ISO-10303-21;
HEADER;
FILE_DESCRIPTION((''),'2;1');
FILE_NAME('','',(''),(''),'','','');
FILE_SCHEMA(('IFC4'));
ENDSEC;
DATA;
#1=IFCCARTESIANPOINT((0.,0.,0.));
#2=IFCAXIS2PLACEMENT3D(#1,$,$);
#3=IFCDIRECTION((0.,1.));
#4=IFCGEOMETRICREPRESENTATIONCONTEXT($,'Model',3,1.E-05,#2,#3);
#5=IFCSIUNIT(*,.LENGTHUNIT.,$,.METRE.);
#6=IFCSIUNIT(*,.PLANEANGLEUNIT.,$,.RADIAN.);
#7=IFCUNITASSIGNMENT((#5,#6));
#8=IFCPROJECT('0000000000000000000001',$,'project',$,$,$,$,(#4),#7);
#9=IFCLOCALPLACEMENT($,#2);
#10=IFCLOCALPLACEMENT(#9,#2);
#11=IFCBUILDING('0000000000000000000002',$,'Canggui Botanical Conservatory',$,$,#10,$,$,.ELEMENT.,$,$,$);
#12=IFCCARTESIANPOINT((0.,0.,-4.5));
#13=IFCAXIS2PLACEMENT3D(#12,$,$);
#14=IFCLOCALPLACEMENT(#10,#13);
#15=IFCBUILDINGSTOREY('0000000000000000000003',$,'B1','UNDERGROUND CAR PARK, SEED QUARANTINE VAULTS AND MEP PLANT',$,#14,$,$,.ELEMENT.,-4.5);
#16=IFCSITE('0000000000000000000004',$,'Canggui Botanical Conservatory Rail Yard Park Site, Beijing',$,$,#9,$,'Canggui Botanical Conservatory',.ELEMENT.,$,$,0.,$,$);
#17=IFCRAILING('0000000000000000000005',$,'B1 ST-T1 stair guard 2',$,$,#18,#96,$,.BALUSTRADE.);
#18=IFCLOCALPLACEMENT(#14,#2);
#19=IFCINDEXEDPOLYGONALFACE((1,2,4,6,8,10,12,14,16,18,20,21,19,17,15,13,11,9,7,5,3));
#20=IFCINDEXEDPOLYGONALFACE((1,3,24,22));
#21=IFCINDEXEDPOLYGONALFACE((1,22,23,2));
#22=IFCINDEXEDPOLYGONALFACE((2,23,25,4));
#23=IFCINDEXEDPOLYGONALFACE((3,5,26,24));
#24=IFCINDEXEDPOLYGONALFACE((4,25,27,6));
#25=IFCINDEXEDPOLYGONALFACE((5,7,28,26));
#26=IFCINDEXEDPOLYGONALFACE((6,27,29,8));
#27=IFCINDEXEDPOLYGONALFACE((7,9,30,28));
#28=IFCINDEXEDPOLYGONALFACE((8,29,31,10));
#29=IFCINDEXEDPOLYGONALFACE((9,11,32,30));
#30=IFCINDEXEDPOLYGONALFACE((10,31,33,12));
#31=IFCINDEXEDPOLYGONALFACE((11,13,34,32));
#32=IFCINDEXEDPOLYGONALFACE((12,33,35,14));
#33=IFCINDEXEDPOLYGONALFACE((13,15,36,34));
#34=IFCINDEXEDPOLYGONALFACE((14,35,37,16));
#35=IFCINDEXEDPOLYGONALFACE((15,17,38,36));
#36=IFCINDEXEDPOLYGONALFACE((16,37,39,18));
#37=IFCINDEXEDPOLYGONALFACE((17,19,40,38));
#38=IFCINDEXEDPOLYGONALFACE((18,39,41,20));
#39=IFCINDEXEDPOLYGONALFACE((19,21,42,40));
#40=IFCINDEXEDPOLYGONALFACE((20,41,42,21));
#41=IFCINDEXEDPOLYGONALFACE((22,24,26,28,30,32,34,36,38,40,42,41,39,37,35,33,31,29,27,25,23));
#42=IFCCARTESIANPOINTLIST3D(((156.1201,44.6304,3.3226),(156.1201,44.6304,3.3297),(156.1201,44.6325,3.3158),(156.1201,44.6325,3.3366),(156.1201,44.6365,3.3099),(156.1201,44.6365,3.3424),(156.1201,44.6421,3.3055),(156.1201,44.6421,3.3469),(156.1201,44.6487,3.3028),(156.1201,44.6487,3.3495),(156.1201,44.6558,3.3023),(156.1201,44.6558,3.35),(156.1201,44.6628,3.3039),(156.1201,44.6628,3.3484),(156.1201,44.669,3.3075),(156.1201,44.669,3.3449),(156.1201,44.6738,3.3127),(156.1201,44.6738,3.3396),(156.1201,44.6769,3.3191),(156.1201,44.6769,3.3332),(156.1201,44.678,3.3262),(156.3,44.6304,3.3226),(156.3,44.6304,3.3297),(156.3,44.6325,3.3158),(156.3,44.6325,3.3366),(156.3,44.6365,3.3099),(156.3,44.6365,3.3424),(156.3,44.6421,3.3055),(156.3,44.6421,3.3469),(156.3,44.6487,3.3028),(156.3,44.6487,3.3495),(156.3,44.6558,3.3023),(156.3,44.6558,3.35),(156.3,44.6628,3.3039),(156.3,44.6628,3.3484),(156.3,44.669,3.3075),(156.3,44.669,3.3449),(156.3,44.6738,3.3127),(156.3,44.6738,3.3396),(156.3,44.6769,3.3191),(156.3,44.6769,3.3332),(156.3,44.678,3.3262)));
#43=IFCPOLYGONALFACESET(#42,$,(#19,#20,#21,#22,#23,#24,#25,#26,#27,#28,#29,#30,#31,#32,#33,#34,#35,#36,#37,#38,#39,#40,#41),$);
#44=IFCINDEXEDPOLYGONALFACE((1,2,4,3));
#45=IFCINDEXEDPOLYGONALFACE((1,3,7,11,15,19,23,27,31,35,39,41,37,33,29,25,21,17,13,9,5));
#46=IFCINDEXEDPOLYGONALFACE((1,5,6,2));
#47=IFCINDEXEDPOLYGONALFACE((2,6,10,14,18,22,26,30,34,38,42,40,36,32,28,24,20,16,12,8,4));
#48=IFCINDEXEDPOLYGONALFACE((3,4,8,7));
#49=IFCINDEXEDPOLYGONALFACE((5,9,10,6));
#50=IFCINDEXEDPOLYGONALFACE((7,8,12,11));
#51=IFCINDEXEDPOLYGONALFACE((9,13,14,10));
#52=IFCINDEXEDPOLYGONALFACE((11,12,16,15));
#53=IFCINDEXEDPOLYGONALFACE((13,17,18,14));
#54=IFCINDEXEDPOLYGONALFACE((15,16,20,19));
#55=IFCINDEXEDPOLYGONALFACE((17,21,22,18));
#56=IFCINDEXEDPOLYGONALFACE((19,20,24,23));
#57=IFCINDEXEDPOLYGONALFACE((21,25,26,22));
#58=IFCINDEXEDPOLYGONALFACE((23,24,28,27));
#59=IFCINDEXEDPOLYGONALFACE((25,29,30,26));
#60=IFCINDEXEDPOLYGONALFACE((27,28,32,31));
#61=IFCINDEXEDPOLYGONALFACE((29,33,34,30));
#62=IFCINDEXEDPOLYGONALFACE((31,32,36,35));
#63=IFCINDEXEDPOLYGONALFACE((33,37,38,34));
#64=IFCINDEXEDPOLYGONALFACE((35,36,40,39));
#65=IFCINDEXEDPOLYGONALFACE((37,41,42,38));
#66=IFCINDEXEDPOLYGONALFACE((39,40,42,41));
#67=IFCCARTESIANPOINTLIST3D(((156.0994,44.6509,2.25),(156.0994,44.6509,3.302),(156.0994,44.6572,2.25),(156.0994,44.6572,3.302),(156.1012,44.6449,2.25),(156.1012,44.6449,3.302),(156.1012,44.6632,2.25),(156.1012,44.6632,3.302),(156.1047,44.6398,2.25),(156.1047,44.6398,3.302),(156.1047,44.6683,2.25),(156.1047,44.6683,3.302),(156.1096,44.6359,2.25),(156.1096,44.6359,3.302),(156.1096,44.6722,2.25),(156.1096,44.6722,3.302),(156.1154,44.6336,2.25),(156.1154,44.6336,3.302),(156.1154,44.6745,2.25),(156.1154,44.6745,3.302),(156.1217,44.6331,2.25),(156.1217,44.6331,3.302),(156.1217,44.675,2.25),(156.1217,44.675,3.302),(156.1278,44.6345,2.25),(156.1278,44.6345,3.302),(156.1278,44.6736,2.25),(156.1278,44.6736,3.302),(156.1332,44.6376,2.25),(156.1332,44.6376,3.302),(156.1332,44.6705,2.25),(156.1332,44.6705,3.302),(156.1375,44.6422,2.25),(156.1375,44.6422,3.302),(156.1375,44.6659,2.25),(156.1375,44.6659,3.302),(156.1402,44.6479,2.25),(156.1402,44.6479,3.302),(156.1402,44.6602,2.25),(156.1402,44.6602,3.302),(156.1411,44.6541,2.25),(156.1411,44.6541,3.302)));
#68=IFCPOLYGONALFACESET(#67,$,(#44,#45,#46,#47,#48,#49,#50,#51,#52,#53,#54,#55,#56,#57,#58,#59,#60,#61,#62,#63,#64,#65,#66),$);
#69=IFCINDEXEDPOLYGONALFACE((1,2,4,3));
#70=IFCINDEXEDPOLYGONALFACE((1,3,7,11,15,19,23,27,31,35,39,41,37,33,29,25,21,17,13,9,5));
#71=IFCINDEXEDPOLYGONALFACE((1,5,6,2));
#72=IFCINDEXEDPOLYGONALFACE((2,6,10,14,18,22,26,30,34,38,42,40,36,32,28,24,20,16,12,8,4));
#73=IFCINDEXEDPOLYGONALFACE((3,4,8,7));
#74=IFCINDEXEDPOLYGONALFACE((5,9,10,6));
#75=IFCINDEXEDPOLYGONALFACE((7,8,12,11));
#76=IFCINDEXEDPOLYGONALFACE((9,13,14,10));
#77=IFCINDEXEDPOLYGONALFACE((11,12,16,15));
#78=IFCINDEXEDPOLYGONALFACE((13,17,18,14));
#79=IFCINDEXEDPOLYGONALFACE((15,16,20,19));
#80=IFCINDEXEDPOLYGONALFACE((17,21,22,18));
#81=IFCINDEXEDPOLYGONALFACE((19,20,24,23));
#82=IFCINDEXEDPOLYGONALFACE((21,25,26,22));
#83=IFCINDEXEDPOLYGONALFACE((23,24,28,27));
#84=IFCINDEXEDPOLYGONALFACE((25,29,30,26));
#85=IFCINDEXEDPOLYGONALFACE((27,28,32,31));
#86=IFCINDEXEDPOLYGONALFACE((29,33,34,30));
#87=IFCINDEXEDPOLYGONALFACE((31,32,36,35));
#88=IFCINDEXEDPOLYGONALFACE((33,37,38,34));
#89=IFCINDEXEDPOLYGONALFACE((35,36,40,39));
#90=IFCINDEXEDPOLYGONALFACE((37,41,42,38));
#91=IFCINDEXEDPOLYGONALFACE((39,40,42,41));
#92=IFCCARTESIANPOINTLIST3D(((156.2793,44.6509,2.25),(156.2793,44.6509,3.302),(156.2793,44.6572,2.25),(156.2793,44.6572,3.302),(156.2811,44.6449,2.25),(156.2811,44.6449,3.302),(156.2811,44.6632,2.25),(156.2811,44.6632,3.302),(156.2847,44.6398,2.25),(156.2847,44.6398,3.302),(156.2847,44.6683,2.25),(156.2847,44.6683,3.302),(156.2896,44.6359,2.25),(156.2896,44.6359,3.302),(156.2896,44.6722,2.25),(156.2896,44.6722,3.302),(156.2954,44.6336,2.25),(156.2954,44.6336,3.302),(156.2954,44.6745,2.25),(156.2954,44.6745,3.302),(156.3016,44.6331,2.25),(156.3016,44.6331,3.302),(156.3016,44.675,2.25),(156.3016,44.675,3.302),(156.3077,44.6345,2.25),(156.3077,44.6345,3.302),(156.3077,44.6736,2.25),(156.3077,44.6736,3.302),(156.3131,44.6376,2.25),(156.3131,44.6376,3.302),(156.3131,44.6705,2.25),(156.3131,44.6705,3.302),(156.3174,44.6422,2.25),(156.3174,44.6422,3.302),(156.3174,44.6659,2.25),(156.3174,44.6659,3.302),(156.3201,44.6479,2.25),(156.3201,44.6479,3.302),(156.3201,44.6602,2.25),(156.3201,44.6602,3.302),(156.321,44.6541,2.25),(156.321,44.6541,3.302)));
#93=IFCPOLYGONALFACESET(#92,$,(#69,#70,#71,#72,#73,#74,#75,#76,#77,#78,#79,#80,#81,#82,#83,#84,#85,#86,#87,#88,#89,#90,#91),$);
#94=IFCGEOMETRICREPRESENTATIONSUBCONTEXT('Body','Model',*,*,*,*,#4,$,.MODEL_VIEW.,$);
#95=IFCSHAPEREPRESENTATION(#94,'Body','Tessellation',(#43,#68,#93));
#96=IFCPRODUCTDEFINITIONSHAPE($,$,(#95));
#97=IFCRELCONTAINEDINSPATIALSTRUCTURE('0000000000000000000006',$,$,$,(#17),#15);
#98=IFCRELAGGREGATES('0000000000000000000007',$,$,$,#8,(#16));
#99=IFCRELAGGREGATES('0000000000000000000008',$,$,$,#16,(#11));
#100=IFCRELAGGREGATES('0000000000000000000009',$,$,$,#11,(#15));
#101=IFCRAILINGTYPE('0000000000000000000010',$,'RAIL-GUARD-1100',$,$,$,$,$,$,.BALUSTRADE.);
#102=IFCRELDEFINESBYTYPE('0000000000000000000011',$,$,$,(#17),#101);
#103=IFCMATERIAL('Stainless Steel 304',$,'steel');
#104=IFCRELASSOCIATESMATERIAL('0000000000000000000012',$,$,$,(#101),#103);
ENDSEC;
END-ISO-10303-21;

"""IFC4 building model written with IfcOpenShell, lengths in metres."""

from ifc_helpers import new_model, si_unit, direction, frame, origin, origin_2d, place, context, subcontext, project, spatial, circle, extrude, material, type_object, element, save


model = new_model("IFC4")

# Units and contexts
model_context = context("Model", 3, precision=1e-05, world=origin(), true_north=direction((0.0, 1.0)))
body_context = subcontext(model_context, "Body", "Model", "MODEL_VIEW")
ifc_project = project(units=[si_unit("LENGTHUNIT", "METRE"), si_unit("PLANEANGLEUNIT", "RADIAN")], contexts=[model_context])

# Site, building, storey
site_placement = place(None, origin())
site = spatial("IfcSite", under=ifc_project, at=site_placement, Name="Canggui Botanical Conservatory Rail Yard Park Site, Beijing", LongName="Canggui Botanical Conservatory", CompositionType="ELEMENT", RefElevation=0.0)
building_placement = place(site_placement, origin())
building = spatial("IfcBuilding", under=site, at=building_placement, Name="Canggui Botanical Conservatory", CompositionType="ELEMENT")
storey_placement = place(building_placement, frame((0.0, 0.0, -4.5)))
storey = spatial("IfcBuildingStorey", under=building, at=storey_placement, Name="B1", Description="UNDERGROUND CAR PARK, SEED QUARANTINE VAULTS AND MEP PLANT", CompositionType="ELEMENT", Elevation=-4.5)

# Shared definitions
ifc_material_1 = material(Name="Stainless Steel 304", Category="steel")

# Railing
railing_type = type_object("IfcRailingType", Name="RAIL-GUARD-1100", PredefinedType="BALUSTRADE", material=ifc_material_1)
railing_placement = place(storey_placement, frame((156.1201, 44.6541, 2.25)))
element("IfcRailing", 1, at=railing_placement, inside=storey, type_object=railing_type, Name="B1 ST-T1 stair guard 2", PredefinedType="BALUSTRADE", context=body_context, shape_type="SweptSolid", body=[
    extrude(circle(Radius=0.0239, at=origin_2d()), frame((0.0, 0.0, 1.0762), z_axis=(1.0, 0.0, 0.0), x_axis=(0.0, 1.0, 0.0)), (0.0, 0.0, 1.0), 0.1799),
    extrude(circle(Radius=0.021, at=origin_2d()), origin(), (0.0, 0.0, 1.0), 1.052),
    extrude(circle(Radius=0.021, at=origin_2d()), frame((0.1799, 0.0, 0.0)), (0.0, 0.0, 1.0), 1.052),
])

save(model, "model.ifc")
